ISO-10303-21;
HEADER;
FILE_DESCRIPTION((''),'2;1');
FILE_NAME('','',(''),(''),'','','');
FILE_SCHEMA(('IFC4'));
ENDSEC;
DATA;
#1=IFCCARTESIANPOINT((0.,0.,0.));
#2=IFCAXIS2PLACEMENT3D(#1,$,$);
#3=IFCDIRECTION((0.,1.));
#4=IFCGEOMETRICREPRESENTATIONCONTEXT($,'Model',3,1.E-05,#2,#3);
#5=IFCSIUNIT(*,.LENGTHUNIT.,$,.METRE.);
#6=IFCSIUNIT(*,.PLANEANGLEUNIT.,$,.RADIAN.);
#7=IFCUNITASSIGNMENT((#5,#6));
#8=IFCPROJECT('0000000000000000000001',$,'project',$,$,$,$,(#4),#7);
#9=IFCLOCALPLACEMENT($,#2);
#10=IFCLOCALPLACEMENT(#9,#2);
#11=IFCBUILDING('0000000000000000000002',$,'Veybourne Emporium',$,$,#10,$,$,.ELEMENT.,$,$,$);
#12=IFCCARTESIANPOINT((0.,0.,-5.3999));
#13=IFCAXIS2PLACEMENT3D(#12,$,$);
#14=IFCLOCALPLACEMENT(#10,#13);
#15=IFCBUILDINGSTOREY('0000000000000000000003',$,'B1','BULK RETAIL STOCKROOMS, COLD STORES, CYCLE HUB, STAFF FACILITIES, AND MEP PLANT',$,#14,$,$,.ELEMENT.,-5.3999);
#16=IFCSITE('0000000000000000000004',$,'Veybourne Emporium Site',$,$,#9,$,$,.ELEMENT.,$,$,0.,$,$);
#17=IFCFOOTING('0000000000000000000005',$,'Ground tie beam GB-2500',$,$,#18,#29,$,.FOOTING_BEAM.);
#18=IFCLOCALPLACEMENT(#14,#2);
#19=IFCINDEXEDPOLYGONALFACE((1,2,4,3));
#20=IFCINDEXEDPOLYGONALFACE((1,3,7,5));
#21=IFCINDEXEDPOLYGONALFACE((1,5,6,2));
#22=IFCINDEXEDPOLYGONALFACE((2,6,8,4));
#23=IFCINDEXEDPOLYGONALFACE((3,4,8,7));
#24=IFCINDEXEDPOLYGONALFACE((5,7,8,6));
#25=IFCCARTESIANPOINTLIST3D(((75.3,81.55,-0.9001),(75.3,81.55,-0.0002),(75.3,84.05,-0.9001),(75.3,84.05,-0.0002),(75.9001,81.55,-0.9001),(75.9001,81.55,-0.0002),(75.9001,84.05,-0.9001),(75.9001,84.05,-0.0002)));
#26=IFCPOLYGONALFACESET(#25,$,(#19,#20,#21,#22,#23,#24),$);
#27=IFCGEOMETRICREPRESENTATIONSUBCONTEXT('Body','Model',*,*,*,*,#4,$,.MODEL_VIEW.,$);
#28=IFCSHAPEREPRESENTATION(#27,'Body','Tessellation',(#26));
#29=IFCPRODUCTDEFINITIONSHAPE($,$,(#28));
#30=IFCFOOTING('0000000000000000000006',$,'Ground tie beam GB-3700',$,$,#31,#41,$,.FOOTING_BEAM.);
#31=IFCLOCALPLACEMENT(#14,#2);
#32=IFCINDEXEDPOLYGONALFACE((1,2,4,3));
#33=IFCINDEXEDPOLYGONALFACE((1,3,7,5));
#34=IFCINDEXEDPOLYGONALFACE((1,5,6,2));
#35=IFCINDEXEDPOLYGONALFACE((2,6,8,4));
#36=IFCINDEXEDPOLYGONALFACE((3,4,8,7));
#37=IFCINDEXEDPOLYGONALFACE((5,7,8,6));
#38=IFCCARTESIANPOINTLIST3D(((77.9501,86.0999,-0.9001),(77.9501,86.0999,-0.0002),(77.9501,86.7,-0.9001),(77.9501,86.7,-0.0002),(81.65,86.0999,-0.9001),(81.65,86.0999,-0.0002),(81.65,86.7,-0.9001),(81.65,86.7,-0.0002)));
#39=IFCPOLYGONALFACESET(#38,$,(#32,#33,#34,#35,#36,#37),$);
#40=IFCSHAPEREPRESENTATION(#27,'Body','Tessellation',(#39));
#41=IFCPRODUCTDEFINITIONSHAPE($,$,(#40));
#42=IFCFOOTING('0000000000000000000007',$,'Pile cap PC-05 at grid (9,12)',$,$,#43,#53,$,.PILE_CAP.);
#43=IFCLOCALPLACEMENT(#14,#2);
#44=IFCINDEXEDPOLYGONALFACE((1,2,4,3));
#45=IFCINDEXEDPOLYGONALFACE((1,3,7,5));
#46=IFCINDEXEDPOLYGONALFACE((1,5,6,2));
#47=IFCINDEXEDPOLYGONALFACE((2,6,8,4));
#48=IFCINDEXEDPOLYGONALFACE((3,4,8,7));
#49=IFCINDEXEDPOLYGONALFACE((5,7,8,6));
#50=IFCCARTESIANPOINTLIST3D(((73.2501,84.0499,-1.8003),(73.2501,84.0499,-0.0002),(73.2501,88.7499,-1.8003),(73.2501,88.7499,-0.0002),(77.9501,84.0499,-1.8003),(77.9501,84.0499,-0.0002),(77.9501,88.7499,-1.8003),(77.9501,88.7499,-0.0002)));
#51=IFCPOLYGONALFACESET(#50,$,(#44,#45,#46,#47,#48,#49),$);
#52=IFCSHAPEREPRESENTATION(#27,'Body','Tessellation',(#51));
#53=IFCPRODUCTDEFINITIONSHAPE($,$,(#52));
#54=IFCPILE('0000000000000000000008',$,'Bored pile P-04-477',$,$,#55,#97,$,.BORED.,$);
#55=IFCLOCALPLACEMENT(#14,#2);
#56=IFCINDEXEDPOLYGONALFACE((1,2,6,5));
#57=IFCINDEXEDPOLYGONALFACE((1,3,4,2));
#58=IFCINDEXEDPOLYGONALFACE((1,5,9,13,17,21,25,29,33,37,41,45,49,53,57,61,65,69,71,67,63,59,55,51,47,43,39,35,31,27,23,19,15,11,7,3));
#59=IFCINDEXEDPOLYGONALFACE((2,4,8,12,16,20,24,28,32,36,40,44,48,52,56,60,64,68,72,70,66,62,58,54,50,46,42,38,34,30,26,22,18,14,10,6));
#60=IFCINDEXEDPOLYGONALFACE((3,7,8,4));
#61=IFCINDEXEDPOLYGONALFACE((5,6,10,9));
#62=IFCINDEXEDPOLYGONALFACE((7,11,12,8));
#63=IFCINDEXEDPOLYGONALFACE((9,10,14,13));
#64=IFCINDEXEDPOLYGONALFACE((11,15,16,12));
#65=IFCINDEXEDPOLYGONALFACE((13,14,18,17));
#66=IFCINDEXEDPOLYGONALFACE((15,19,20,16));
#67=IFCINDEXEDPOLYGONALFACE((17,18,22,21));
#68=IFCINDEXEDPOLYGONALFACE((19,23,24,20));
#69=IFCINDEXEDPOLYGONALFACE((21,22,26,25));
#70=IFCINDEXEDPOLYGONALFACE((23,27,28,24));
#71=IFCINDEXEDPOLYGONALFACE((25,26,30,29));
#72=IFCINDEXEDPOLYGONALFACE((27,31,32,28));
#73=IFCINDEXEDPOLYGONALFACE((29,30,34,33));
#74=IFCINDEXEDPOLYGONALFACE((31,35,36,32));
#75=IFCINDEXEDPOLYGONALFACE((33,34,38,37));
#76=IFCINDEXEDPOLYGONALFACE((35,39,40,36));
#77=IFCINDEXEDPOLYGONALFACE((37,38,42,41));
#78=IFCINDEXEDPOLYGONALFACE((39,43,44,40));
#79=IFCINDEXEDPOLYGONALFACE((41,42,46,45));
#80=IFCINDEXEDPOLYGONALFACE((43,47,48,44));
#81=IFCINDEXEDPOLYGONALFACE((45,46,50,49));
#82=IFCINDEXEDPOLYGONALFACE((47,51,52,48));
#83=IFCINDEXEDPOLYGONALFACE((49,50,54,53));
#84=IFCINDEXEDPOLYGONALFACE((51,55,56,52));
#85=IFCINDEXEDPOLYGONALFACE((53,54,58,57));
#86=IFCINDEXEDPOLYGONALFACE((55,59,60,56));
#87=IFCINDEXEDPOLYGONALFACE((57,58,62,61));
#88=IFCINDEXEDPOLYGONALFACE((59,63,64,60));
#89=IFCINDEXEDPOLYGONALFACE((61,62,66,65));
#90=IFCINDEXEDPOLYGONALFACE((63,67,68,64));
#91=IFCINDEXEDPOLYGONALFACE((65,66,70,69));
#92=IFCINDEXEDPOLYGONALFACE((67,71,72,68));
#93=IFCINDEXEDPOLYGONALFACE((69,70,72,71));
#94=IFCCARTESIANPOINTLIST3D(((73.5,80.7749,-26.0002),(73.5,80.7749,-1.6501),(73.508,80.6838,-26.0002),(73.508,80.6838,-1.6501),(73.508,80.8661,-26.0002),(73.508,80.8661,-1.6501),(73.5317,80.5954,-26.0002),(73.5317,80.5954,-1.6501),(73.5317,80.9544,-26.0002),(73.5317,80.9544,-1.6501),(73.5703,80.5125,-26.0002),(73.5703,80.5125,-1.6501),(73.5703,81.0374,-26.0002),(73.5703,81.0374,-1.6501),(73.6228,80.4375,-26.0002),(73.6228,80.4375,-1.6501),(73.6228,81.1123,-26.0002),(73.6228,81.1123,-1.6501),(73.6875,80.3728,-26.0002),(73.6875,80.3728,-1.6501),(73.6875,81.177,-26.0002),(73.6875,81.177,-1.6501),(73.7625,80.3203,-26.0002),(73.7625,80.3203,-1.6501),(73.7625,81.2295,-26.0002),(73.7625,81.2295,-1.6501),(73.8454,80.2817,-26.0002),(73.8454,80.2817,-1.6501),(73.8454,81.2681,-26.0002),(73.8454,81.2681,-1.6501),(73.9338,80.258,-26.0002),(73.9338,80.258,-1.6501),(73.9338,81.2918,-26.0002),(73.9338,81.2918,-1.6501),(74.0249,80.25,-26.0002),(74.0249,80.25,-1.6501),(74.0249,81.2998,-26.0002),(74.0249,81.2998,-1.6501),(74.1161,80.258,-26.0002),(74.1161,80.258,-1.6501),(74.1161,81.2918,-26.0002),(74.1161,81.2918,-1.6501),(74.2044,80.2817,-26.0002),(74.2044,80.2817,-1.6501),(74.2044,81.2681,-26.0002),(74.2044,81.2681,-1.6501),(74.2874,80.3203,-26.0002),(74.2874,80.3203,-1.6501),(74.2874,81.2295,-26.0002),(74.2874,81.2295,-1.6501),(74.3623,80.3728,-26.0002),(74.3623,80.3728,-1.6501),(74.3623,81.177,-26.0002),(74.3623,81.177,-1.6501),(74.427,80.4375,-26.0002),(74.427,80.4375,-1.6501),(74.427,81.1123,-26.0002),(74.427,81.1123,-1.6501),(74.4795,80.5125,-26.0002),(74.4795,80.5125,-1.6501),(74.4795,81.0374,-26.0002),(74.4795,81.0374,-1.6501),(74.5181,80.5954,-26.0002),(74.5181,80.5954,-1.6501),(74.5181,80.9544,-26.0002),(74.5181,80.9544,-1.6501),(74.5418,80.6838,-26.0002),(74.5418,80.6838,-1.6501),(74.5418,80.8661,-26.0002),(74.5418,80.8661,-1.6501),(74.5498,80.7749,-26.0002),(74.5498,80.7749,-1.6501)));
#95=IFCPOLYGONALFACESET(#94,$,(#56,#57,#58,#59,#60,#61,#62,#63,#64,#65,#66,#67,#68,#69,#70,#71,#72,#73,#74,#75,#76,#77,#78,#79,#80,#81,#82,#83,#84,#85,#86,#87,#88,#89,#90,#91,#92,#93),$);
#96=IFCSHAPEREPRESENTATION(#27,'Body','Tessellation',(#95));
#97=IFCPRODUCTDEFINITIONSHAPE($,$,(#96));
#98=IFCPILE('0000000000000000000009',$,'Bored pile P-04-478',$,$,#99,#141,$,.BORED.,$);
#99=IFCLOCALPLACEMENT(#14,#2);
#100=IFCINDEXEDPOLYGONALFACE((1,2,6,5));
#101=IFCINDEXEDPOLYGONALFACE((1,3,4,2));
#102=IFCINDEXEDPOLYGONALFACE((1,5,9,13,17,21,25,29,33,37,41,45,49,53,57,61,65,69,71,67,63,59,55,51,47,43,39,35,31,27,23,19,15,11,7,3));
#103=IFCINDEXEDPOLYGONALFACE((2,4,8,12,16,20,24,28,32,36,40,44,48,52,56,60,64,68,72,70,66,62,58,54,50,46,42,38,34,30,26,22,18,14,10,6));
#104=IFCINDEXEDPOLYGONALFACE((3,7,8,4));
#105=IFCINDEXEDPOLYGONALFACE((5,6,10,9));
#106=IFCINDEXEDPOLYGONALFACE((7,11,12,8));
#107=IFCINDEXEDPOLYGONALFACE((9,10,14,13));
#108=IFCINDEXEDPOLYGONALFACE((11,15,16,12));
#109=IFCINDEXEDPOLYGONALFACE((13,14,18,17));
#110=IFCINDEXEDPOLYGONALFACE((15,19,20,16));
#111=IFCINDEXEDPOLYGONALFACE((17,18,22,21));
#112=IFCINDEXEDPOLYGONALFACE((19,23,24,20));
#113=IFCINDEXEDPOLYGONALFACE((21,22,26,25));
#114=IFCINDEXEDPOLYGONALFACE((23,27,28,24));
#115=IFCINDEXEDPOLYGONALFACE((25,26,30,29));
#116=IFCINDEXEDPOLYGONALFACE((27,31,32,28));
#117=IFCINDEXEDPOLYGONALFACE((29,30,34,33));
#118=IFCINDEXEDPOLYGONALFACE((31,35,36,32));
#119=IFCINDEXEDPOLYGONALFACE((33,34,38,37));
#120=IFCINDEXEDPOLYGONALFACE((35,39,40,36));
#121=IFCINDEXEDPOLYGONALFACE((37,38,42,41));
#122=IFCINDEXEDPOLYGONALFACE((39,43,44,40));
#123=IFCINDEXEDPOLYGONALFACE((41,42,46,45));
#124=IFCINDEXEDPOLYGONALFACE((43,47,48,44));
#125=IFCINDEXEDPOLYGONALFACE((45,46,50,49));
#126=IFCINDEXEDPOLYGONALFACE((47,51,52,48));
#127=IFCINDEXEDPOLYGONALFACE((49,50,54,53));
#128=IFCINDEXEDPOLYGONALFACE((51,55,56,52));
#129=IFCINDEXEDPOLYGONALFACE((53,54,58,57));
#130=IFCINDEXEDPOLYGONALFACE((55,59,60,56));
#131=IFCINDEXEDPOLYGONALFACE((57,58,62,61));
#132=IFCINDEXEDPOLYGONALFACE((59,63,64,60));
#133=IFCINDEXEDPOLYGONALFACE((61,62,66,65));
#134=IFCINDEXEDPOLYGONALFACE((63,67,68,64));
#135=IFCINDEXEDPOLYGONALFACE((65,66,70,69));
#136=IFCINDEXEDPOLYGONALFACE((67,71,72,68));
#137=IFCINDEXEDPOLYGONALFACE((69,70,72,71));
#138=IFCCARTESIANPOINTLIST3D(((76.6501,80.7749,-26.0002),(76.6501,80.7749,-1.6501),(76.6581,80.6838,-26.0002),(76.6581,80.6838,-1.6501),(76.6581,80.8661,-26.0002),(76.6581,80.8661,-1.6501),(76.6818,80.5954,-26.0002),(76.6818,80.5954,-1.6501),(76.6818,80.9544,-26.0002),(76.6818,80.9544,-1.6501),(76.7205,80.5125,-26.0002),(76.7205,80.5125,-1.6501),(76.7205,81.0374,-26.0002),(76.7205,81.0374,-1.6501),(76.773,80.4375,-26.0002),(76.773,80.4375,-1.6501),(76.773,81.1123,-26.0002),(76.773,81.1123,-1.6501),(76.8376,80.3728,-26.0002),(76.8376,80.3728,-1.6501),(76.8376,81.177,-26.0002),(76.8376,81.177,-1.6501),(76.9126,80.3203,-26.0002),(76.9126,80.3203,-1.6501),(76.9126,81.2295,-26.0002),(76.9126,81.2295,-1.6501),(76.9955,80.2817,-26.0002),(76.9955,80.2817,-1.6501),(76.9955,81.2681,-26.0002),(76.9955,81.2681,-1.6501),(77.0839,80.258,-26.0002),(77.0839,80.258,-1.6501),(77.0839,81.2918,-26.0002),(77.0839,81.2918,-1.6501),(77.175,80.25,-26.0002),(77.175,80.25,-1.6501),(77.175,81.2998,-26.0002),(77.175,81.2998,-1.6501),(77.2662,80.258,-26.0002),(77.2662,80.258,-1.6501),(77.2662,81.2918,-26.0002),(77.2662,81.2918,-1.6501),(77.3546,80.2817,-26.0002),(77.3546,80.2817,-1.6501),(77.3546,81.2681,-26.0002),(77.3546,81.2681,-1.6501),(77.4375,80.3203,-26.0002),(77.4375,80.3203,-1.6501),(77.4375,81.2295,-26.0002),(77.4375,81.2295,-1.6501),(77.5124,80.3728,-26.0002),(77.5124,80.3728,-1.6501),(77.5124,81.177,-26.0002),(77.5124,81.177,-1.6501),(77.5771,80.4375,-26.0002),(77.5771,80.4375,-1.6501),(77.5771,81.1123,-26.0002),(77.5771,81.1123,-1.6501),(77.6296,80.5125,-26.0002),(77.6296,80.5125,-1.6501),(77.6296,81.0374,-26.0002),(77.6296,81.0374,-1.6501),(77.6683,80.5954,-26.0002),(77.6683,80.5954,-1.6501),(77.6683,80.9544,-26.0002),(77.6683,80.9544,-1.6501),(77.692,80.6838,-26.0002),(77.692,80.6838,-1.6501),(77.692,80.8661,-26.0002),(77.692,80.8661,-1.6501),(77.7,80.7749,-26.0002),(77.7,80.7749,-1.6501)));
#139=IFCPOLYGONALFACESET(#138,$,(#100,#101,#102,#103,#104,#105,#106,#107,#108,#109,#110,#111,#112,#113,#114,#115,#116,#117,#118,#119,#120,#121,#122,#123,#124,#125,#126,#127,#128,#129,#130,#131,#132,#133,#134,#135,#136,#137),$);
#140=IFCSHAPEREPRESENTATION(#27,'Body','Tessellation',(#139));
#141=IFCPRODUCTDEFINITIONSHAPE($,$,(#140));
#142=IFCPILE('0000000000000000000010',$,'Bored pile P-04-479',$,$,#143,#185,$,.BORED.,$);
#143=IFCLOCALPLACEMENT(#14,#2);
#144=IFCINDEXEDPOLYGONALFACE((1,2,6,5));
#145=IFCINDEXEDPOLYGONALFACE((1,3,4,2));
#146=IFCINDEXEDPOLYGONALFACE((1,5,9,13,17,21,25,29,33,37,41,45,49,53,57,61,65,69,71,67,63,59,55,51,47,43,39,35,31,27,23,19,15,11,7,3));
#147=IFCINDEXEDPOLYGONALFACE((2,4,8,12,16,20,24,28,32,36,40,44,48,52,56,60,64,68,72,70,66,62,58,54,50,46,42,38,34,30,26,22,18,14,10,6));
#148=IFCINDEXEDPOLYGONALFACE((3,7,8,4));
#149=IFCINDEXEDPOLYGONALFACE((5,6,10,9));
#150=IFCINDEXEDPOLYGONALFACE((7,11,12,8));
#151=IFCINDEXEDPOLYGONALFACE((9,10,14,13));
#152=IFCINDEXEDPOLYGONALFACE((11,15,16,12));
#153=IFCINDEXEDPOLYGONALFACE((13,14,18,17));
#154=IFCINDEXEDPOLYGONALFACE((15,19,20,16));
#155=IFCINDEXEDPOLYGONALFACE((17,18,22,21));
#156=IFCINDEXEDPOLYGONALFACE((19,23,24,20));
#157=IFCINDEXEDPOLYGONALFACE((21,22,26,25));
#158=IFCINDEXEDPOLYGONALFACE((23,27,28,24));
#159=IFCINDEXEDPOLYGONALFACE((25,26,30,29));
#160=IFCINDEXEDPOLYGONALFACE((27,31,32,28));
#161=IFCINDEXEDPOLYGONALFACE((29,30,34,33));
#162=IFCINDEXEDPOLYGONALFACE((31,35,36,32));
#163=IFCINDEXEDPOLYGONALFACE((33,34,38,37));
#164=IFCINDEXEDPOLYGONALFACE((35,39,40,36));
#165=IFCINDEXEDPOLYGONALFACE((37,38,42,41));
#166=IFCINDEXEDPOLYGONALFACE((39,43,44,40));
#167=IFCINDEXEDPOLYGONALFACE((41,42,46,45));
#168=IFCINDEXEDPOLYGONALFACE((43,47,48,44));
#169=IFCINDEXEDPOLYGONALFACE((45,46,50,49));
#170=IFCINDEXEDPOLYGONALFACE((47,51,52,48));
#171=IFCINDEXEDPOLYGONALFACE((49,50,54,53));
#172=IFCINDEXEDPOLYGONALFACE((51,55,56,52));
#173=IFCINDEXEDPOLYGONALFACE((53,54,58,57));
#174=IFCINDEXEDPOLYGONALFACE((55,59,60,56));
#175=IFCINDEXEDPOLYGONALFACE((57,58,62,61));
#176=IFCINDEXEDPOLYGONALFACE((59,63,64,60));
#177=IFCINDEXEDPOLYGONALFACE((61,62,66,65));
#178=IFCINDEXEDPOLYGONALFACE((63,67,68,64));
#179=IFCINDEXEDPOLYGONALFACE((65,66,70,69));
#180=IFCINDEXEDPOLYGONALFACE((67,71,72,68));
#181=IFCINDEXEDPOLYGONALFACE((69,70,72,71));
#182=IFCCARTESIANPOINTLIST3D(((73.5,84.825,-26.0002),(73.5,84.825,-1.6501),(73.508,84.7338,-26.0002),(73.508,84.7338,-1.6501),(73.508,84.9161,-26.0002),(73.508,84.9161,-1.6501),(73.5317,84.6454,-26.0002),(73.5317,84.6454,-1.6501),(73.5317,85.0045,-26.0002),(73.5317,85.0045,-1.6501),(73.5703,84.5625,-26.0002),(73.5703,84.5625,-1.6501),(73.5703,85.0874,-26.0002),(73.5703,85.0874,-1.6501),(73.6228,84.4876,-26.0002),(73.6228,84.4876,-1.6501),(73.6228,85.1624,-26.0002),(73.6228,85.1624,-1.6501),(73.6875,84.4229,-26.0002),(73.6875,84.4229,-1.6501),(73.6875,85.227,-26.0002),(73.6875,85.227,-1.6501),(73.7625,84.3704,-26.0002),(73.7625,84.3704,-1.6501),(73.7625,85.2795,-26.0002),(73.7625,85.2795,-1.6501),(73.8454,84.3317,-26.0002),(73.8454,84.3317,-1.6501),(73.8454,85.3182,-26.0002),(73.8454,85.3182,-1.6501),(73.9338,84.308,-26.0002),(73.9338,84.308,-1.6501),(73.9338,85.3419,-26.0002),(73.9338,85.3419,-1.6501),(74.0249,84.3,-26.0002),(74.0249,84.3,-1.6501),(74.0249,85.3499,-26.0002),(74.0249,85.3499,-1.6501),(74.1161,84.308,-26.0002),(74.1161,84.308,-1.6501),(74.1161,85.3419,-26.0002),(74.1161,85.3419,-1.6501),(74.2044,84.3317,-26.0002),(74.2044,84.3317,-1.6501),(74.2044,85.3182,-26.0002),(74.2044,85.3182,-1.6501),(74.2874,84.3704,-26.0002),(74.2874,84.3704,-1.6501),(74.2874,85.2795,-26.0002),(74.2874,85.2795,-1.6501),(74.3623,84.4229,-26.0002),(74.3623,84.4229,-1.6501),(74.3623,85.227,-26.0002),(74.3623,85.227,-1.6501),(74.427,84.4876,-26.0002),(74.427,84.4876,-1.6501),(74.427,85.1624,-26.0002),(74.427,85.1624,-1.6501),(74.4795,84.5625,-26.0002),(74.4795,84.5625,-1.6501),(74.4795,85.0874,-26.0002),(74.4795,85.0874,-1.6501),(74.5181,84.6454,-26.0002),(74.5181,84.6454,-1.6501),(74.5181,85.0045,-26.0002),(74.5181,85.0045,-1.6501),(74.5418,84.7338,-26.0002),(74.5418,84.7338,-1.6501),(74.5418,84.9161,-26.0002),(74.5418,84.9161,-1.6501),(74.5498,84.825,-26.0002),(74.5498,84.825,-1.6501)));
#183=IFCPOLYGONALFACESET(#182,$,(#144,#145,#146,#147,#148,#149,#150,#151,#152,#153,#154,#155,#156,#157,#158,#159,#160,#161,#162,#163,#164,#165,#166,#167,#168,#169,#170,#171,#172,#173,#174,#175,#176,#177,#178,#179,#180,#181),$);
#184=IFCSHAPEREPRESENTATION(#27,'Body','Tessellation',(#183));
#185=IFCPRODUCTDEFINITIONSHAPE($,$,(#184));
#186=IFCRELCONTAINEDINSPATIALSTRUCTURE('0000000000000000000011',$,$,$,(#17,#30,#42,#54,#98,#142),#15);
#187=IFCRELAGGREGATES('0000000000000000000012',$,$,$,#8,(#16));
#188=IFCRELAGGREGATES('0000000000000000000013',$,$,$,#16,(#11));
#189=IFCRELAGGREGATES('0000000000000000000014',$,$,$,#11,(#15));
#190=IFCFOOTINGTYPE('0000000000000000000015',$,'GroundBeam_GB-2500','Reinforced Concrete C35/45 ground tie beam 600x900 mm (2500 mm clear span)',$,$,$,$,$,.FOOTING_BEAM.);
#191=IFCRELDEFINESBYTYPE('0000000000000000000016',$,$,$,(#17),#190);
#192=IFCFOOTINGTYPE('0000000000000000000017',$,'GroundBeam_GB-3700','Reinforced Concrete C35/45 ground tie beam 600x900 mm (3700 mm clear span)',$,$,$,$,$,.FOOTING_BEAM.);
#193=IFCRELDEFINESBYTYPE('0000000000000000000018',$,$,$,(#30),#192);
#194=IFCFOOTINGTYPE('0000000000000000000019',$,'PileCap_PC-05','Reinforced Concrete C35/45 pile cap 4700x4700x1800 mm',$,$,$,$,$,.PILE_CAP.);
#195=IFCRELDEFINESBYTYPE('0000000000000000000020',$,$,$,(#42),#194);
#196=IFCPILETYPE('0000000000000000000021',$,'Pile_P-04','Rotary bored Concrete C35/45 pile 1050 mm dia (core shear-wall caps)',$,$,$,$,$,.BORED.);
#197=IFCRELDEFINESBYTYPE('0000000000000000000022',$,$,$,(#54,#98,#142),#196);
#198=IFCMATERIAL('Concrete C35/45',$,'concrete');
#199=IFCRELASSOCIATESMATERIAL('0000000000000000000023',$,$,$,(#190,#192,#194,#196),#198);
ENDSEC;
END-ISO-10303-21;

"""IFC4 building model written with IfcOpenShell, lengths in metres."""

from ifc_helpers import new_model, si_unit, direction, frame, origin, origin_2d, place, context, subcontext, project, spatial, rectangle, circle, extrude, material, material_profile, profile_set, type_object, element, save


model = new_model("IFC4")

# Units and contexts
model_context = context("Model", 3, precision=1e-05, world=origin(), true_north=direction((0.0, 1.0)))
body_context = subcontext(model_context, "Body", "Model", "MODEL_VIEW")
ifc_project = project(units=[si_unit("LENGTHUNIT", "METRE"), si_unit("PLANEANGLEUNIT", "RADIAN")], contexts=[model_context])

# Site, building, storey
site_placement = place(None, origin())
site = spatial("IfcSite", under=ifc_project, at=site_placement, Name="Veybourne Emporium Site", CompositionType="ELEMENT", RefElevation=0.0)
building_placement = place(site_placement, origin())
building = spatial("IfcBuilding", under=site, at=building_placement, Name="Veybourne Emporium", CompositionType="ELEMENT")
storey_placement = place(building_placement, frame((0.0, 0.0, -5.3999)))
storey = spatial("IfcBuildingStorey", under=building, at=storey_placement, Name="B1", Description="BULK RETAIL STOCKROOMS, COLD STORES, CYCLE HUB, STAFF FACILITIES, AND MEP PLANT", CompositionType="ELEMENT", Elevation=-5.3999)

# Footings
ifc_material_1 = material(Name="Concrete C35/45", Category="concrete")
footing_type_1 = type_object("IfcFootingType", Name="GroundBeam_GB-2500", Description="Reinforced Concrete C35/45 ground tie beam 600x900 mm (2500 mm clear span)", PredefinedType="FOOTING_BEAM", material=ifc_material_1)
footing_1_placement = place(storey_placement, frame((75.6001, 82.8, -0.9001), z_axis=(0.0, 0.0, 1.0), x_axis=(0.0, 1.0, 0.0)))
element("IfcFooting", 1, at=footing_1_placement, inside=storey, type_object=footing_type_1, Name="Ground tie beam GB-2500", PredefinedType="FOOTING_BEAM", context=body_context, shape_type="SweptSolid", body=[
    extrude(rectangle(XDim=2.5, YDim=0.6001, at=origin_2d()), origin(), (0.0, 0.0, 1.0), 0.8999),
])
footing_type_2 = type_object("IfcFootingType", Name="GroundBeam_GB-3700", Description="Reinforced Concrete C35/45 ground tie beam 600x900 mm (3700 mm clear span)", PredefinedType="FOOTING_BEAM", material=ifc_material_1)
footing_2_placement = place(storey_placement, frame((79.8, 86.3999, -0.9001), z_axis=(0.0, 0.0, 1.0), x_axis=(1.0, 0.0, 0.0)))
element("IfcFooting", 2, at=footing_2_placement, inside=storey, type_object=footing_type_2, Name="Ground tie beam GB-3700", PredefinedType="FOOTING_BEAM", context=body_context, shape_type="SweptSolid", body=[
    extrude(rectangle(XDim=3.7, YDim=0.6001, at=origin_2d()), origin(), (0.0, 0.0, 1.0), 0.8999),
])
footing_type_3 = type_object("IfcFootingType", Name="PileCap_PC-05", Description="Reinforced Concrete C35/45 pile cap 4700x4700x1800 mm", PredefinedType="PILE_CAP", material=ifc_material_1)
footing_3_placement = place(storey_placement, frame((75.6001, 86.3999, -1.8003), z_axis=(0.0, 0.0, 1.0), x_axis=(1.0, 0.0, 0.0)))
element("IfcFooting", 3, at=footing_3_placement, inside=storey, type_object=footing_type_3, Name="Pile cap PC-05 at grid (9,12)", PredefinedType="PILE_CAP", context=body_context, shape_type="SweptSolid", body=[
    extrude(rectangle(XDim=4.7, YDim=4.7, at=origin_2d()), origin(), (0.0, 0.0, 1.0), 1.8),
])

# Piles
ifc_material_profile_1 = material_profile(ifc_material_1, circle(Radius=0.5249, at=origin_2d()), Name="BORED PILE 1050")
ifc_profile_set_1 = profile_set([ifc_material_profile_1], Name="Concrete C35/45")
pile_type = type_object("IfcPileType", Name="Pile_P-04", Description="Rotary bored Concrete C35/45 pile 1050 mm dia (core shear-wall caps)", PredefinedType="BORED", material=ifc_profile_set_1)
for number, where, z_axis, x_axis, name in (
    (4, (74.0249, 80.7749, -1.6501), (0.0, 0.0, -1.0), (1.0, 0.0, 0.0), "Bored pile P-04-477"),
    (5, (77.175, 80.7749, -1.6501), (0.0, 0.0, -1.0), (1.0, 0.0, 0.0), "Bored pile P-04-478"),
    (6, (74.0249, 84.825, -1.6501), (0.0, 0.0, -1.0), (1.0, 0.0, 0.0), "Bored pile P-04-479"),
):
    element("IfcPile", number, at=place(storey_placement, frame(where, z_axis=z_axis, x_axis=x_axis)), inside=storey, type_object=pile_type, Name=name, PredefinedType="BORED", context=body_context, shape_type="SweptSolid", body=[
        extrude(circle(Radius=0.5249, at=origin_2d()), origin(), (0.0, 0.0, 1.0), 24.3501),
    ])

save(model, "model.ifc")
